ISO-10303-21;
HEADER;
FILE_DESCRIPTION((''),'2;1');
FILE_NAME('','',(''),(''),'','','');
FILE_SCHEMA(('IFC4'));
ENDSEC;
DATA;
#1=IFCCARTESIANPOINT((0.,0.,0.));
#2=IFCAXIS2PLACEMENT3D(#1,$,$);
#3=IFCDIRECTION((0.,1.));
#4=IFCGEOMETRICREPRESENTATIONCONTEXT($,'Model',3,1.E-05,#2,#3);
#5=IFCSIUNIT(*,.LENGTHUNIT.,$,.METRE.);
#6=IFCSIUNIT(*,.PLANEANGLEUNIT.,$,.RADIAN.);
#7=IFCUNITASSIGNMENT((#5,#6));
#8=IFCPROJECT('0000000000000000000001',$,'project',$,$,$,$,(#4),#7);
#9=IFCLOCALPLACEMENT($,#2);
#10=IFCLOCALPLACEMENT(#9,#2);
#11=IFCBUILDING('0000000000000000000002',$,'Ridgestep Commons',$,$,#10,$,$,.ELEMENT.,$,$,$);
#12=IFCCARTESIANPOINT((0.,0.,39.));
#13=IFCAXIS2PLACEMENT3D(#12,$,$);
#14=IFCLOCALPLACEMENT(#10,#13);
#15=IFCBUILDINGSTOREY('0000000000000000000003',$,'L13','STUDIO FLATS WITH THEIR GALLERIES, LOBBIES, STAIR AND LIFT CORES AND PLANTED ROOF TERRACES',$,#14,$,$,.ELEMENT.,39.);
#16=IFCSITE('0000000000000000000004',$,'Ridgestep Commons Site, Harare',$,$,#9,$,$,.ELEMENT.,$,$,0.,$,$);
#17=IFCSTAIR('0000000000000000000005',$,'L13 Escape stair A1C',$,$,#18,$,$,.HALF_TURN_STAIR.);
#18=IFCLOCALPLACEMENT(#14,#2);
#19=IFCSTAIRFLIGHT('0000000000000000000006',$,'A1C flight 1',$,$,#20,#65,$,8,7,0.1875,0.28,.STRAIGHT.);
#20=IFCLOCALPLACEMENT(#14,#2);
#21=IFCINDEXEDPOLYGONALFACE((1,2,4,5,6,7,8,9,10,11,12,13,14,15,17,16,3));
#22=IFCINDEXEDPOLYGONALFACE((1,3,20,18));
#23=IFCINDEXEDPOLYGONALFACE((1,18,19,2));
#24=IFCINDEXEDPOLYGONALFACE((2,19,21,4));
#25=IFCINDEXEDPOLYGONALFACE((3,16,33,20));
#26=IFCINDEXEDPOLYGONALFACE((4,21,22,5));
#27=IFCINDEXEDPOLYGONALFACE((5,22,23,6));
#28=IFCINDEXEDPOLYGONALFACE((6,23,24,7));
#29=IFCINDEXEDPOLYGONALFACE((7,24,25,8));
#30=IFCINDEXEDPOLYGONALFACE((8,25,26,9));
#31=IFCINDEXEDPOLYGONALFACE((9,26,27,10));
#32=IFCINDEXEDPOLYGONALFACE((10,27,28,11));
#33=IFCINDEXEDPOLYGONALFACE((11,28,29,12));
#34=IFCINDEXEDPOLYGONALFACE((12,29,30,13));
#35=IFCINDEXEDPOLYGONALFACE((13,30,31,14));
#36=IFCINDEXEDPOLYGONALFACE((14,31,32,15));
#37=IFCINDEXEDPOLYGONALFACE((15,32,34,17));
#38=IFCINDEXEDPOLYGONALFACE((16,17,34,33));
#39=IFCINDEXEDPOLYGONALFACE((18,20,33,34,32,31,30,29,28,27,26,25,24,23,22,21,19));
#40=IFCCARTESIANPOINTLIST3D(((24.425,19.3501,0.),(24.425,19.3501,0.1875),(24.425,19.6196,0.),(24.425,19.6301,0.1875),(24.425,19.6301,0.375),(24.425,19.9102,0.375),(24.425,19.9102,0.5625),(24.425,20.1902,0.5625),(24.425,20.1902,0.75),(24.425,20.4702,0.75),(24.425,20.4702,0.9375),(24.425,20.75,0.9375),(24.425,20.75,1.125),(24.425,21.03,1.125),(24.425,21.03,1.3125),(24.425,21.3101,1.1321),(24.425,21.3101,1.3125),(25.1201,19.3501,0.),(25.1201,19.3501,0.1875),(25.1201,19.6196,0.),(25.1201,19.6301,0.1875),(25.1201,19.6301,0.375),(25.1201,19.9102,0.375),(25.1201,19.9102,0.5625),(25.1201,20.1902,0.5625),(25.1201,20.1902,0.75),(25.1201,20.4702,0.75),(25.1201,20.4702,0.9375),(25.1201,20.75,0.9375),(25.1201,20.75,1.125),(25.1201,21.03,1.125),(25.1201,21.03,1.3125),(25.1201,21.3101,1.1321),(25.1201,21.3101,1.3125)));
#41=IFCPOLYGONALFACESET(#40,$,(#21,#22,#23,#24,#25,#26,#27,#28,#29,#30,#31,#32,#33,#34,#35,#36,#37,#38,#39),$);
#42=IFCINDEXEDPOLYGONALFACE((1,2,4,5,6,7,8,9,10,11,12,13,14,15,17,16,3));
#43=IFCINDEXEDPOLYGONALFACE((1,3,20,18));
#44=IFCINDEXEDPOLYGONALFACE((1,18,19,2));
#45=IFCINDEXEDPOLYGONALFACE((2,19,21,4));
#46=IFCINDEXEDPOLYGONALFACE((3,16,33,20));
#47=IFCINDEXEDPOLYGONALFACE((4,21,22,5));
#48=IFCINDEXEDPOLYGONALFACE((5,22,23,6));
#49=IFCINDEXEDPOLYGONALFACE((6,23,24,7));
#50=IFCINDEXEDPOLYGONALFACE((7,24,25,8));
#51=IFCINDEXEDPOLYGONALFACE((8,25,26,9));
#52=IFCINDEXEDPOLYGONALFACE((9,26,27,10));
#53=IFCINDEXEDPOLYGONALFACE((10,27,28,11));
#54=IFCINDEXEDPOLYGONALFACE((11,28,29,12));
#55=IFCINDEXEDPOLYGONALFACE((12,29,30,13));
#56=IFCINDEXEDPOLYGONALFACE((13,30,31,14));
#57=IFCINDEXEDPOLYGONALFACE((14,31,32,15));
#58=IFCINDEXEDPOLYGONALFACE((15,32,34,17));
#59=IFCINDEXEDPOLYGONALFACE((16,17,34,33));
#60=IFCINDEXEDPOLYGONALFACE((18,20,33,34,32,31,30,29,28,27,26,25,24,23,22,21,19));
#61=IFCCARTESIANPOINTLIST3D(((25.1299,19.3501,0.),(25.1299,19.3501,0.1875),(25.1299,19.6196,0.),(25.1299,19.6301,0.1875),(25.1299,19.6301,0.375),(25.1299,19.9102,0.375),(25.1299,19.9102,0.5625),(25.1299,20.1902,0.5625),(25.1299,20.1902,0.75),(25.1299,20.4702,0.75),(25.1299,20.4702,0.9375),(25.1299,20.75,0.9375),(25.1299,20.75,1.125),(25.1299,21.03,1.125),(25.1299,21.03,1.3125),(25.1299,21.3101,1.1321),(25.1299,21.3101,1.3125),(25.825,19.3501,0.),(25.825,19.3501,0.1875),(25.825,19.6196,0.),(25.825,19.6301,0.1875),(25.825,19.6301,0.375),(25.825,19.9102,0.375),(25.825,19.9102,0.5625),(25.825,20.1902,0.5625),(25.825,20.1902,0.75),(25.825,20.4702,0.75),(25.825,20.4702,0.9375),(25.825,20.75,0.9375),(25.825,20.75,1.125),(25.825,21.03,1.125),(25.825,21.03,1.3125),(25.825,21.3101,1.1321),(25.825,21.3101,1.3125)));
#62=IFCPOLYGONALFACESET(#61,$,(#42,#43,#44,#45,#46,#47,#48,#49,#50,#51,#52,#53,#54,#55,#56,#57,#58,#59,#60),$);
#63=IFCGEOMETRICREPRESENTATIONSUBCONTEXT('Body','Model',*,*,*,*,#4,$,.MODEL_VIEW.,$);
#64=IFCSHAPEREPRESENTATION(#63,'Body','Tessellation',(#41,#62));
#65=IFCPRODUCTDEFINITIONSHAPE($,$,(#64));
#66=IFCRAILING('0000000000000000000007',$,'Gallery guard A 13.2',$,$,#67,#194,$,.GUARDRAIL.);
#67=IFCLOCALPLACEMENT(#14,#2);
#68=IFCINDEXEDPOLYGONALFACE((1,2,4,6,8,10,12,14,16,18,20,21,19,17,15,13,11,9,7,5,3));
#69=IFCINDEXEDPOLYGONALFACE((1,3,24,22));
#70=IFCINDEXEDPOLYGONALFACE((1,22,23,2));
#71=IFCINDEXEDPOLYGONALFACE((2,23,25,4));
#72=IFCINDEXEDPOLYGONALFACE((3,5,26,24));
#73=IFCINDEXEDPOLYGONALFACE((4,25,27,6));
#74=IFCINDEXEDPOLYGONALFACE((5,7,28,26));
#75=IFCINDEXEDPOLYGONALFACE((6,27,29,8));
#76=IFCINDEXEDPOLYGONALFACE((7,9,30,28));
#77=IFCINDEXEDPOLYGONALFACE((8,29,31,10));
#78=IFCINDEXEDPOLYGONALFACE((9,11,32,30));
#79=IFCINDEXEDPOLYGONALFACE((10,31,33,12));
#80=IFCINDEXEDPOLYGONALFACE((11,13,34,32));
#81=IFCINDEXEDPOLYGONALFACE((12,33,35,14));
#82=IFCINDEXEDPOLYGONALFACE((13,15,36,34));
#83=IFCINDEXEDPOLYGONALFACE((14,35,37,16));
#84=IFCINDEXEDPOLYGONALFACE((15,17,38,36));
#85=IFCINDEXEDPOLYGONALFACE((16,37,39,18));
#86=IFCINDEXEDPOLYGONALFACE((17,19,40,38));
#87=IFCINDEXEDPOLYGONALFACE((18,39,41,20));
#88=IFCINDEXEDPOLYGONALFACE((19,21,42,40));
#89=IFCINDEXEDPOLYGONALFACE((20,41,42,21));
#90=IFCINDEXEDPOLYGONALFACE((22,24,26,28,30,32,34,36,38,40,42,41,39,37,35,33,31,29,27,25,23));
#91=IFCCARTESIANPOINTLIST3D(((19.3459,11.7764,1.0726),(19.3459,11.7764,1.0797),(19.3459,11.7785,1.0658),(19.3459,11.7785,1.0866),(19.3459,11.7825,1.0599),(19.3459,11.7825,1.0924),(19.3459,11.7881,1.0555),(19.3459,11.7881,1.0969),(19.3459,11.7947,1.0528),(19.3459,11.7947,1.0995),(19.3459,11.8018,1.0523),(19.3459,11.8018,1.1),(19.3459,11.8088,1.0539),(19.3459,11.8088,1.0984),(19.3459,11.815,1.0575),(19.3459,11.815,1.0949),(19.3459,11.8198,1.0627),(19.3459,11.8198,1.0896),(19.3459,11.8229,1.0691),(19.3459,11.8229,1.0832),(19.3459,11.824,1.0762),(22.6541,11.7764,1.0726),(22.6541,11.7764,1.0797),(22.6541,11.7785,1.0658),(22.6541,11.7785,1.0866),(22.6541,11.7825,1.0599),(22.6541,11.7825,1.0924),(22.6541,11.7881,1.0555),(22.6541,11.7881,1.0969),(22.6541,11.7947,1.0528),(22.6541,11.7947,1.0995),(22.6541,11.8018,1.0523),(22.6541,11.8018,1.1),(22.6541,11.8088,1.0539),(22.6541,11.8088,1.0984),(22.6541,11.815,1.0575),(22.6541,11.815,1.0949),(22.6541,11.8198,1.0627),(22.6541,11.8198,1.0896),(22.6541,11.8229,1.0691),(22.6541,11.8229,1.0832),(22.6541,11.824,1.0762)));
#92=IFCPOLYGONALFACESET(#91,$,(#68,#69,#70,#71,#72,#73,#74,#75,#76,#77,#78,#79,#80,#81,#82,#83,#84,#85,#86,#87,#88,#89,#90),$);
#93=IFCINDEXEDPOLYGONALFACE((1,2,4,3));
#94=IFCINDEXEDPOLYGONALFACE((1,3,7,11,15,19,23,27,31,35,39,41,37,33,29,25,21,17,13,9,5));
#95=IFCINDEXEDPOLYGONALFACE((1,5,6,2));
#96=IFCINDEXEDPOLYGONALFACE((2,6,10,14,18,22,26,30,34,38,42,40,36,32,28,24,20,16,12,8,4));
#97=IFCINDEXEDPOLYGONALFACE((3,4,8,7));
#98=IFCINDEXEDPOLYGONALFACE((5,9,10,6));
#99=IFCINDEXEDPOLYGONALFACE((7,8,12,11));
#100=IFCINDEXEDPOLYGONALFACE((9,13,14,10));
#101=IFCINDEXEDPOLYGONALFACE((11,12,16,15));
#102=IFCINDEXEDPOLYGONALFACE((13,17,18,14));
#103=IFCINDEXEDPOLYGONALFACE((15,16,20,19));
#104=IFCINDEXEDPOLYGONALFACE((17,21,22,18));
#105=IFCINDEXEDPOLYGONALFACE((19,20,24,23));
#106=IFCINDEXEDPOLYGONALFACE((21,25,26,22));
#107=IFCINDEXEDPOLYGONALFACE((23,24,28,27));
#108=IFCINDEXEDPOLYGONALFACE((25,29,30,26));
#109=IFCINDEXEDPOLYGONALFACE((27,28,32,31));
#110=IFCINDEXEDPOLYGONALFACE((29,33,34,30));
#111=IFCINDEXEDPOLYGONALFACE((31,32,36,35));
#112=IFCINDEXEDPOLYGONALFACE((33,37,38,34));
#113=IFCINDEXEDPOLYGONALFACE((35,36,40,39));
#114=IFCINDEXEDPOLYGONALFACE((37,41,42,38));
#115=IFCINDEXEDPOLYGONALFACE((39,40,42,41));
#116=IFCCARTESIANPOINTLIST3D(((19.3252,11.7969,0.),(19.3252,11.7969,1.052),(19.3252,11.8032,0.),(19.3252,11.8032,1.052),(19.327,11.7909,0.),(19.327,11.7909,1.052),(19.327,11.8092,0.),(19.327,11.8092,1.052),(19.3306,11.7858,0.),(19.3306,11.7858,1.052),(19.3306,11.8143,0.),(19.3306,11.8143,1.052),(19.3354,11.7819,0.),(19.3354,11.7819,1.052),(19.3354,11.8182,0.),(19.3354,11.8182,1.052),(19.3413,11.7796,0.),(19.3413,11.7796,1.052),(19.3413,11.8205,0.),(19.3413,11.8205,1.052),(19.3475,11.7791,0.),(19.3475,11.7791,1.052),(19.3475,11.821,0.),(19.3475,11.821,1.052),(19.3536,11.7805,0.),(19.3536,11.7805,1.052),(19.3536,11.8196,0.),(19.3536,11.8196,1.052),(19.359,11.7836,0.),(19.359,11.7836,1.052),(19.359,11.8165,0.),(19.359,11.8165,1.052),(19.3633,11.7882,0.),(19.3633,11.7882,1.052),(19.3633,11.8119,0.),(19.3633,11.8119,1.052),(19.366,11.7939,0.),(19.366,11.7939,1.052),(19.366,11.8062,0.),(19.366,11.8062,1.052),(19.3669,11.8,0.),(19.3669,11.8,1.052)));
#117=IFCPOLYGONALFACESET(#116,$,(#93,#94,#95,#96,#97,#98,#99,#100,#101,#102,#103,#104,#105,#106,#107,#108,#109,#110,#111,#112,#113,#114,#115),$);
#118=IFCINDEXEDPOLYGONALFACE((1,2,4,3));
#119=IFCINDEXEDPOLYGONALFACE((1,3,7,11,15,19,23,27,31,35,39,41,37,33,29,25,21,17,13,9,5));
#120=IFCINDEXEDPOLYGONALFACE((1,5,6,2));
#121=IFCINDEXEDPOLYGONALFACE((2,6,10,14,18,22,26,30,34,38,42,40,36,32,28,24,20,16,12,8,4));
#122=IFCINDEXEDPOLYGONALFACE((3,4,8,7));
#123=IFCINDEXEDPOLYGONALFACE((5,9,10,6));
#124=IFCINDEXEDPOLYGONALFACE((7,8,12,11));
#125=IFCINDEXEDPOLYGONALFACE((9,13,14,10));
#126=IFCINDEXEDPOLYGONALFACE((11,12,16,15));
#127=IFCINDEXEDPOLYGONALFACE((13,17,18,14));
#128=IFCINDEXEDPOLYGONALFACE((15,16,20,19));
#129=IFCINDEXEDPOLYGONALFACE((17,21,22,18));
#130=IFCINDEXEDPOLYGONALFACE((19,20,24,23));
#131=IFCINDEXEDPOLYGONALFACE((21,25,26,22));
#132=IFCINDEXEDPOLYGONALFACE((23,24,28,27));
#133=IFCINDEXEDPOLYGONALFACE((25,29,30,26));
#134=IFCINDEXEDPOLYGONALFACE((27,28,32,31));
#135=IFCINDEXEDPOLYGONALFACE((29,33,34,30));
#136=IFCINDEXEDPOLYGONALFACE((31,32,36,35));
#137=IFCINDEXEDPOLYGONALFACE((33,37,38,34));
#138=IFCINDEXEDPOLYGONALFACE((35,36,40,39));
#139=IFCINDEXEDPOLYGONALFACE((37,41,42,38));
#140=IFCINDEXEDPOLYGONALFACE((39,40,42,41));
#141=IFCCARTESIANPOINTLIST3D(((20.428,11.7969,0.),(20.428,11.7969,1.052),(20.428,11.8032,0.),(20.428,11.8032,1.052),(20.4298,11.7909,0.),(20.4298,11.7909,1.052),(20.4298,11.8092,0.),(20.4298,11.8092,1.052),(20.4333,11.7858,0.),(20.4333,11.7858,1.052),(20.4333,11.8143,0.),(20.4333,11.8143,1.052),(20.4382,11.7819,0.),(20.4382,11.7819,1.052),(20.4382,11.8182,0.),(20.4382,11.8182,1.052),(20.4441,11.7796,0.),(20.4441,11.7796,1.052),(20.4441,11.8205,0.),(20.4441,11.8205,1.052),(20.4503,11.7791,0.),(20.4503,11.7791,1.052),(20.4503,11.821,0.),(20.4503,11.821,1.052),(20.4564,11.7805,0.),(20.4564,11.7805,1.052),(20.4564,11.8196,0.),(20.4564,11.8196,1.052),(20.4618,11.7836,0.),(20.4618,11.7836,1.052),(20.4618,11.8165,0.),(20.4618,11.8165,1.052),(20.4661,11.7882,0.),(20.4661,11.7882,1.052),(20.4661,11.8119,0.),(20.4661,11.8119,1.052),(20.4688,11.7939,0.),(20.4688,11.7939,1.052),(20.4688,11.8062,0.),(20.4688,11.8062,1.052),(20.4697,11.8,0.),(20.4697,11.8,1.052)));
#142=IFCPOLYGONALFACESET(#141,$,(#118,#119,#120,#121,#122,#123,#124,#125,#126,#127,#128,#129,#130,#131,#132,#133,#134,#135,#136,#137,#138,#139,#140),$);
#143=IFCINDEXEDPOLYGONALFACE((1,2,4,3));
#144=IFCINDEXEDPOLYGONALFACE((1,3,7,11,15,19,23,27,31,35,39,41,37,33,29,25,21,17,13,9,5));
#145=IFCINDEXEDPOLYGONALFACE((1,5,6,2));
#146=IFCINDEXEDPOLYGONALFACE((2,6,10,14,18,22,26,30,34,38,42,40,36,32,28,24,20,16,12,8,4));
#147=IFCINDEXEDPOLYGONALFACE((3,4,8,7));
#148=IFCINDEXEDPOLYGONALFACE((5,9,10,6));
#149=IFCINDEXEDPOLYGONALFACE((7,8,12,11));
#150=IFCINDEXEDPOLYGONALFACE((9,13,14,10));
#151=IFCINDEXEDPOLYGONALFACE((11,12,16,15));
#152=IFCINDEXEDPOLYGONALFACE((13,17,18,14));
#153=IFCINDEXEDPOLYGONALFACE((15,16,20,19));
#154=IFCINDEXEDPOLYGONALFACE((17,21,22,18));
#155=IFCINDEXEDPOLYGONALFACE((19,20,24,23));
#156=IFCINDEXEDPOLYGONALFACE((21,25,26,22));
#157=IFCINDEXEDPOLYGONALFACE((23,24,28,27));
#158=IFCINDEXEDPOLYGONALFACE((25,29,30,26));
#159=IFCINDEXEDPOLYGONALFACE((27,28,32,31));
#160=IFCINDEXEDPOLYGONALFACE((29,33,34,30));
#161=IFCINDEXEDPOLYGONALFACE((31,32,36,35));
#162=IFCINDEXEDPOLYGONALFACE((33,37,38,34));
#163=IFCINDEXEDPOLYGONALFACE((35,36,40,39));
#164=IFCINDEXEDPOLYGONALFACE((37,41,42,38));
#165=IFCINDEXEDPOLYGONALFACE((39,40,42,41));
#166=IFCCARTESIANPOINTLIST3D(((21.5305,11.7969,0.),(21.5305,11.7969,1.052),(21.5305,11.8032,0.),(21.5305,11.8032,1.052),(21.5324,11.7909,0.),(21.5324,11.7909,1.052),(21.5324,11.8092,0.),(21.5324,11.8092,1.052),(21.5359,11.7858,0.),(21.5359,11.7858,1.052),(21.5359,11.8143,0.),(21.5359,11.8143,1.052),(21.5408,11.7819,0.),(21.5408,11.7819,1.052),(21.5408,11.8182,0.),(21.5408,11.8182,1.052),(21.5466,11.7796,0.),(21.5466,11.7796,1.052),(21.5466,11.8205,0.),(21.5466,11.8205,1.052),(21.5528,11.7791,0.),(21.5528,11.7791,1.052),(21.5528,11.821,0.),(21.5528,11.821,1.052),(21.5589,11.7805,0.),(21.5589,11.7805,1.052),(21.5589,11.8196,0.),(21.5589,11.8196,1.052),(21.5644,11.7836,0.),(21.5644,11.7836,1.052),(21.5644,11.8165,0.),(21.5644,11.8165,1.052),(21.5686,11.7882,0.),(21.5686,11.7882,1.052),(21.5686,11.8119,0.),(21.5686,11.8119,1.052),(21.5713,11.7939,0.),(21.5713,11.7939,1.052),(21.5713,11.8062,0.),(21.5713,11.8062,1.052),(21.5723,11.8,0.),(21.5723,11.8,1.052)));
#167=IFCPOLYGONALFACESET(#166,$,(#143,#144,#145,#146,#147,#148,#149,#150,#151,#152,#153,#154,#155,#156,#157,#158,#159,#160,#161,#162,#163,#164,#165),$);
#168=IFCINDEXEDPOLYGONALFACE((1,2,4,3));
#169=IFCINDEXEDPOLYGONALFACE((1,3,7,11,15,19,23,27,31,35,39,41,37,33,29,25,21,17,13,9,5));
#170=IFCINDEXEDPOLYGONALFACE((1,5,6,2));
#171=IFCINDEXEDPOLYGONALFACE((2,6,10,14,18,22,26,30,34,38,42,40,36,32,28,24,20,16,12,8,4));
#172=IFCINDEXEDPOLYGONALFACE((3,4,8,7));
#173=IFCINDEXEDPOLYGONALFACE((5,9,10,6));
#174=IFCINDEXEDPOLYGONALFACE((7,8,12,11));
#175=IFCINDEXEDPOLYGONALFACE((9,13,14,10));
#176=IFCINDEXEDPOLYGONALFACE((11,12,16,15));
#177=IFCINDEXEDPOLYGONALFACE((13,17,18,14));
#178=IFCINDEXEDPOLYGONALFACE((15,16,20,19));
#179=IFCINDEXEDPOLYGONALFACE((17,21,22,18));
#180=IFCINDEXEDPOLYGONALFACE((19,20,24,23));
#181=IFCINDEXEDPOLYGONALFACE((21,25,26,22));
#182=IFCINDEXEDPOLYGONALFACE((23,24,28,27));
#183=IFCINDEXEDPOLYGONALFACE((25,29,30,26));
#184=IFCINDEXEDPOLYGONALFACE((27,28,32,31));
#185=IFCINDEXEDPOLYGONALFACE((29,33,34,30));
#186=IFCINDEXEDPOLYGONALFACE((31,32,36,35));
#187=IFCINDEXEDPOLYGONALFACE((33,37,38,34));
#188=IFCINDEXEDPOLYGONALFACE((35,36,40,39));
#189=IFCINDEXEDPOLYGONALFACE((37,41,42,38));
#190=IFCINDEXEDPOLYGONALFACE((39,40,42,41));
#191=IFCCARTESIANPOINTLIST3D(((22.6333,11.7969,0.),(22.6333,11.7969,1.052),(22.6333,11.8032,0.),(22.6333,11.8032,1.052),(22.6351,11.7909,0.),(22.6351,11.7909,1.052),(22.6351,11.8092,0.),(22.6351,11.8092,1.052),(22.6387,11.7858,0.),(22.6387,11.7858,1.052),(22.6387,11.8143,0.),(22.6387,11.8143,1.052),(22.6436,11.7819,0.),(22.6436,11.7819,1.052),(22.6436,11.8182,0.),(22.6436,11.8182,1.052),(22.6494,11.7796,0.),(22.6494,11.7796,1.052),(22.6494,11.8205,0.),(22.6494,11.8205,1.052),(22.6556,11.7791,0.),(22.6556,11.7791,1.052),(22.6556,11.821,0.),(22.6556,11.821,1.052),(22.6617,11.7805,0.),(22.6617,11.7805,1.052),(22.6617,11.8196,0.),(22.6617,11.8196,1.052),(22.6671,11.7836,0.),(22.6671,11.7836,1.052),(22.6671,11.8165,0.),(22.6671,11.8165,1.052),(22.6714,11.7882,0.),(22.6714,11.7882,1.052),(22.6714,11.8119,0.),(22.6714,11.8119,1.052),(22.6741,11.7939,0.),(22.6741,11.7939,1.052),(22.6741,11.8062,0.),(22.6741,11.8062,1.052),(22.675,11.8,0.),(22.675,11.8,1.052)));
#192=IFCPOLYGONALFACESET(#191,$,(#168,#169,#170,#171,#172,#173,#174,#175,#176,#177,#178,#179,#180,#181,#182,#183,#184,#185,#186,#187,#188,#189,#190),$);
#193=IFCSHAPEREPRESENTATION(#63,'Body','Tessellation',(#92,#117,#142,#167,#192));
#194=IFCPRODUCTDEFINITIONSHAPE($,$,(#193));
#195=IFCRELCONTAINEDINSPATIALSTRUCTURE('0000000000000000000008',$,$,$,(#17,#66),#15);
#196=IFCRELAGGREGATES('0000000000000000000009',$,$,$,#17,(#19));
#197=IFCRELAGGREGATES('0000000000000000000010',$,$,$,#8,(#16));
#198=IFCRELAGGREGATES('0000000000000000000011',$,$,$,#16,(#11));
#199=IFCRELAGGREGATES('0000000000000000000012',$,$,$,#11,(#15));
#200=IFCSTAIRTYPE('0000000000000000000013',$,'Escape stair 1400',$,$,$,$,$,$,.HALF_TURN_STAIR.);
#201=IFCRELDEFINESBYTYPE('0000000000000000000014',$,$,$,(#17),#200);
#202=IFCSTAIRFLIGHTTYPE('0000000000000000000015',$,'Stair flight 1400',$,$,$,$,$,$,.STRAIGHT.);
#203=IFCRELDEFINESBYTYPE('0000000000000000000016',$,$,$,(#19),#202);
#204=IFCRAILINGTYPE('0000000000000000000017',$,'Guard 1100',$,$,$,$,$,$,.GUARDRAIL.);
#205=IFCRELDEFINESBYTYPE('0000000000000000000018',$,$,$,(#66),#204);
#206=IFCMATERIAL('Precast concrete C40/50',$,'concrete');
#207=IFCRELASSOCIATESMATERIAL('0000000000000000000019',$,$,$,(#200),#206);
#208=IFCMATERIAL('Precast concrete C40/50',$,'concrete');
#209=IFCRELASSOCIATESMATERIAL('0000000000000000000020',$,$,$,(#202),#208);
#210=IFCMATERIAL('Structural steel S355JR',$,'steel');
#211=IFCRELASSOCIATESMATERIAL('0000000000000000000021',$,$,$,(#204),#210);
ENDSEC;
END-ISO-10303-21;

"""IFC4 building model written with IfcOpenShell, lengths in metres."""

from ifc_helpers import new_model, si_unit, direction, frame, origin, origin_2d, place, context, subcontext, project, spatial, polyline, circle, outline, extrude, material, type_object, element, aggregate, save


model = new_model("IFC4")

# Units and contexts
model_context = context("Model", 3, precision=1e-05, world=origin(), true_north=direction((0.0, 1.0)))
body_context = subcontext(model_context, "Body", "Model", "MODEL_VIEW")
ifc_project = project(units=[si_unit("LENGTHUNIT", "METRE"), si_unit("PLANEANGLEUNIT", "RADIAN")], contexts=[model_context])

# Site, building, storey
site_placement = place(None, origin())
site = spatial("IfcSite", under=ifc_project, at=site_placement, Name="Ridgestep Commons Site, Harare", CompositionType="ELEMENT", RefElevation=0.0)
building_placement = place(site_placement, origin())
building = spatial("IfcBuilding", under=site, at=building_placement, Name="Ridgestep Commons", CompositionType="ELEMENT")
storey_placement = place(building_placement, frame((0.0, 0.0, 39.0)))
storey = spatial("IfcBuildingStorey", under=building, at=storey_placement, Name="L13", Description="STUDIO FLATS WITH THEIR GALLERIES, LOBBIES, STAIR AND LIFT CORES AND PLANTED ROOF TERRACES", CompositionType="ELEMENT", Elevation=39.0)

# Stair, stair flight
ifc_material_1 = material(Name="Precast concrete C40/50", Category="concrete")
stair_type = type_object("IfcStairType", Name="Escape stair 1400", PredefinedType="HALF_TURN_STAIR", material=ifc_material_1)
stair_placement = place(storey_placement, origin())
stair = element("IfcStair", 1, at=stair_placement, inside=storey, type_object=stair_type, Name="L13 Escape stair A1C", PredefinedType="HALF_TURN_STAIR")
ifc_material_2 = material(Name="Precast concrete C40/50", Category="concrete")
stair_flight_type = type_object("IfcStairFlightType", Name="Stair flight 1400", PredefinedType="STRAIGHT", material=ifc_material_2)
stair_flight_placement = place(storey_placement, frame((25.125, 19.3501, 0.0), z_axis=(0.0, 0.0, 1.0), x_axis=(0.0, 1.0, 0.0)))
stair_flight = element("IfcStairFlight", 2, at=stair_flight_placement, type_object=stair_flight_type, Name="A1C flight 1", NumberOfRisers=8, NumberOfTreads=7, PredefinedType="STRAIGHT", RiserHeight=0.1875, TreadLength=0.28, context=body_context, shape_type="SweptSolid", body=[
    extrude(outline(polyline([(0.0, 0.0), (0.0, 0.1875), (0.28, 0.1875), (0.28, 0.375), (0.5601, 0.375), (0.5601, 0.5625), (0.8401, 0.5625), (0.8401, 0.75), (1.1201, 0.75), (1.1201, 0.9375), (1.3999, 0.9375), (1.3999, 1.125), (1.6799, 1.125), (1.6799, 1.3125), (1.96, 1.3125), (1.96, 1.5), (1.96, 1.1321), (0.2695, 0.0), (0.0, 0.0)])), frame((0.0, 0.7, 0.0), z_axis=(0.0, -1.0, 0.0), x_axis=(1.0, 0.0, 0.0)), (0.0, 0.0, 1.0), 0.6951),
    extrude(outline(polyline([(0.0, 0.0), (0.0, 0.1875), (0.28, 0.1875), (0.28, 0.375), (0.5601, 0.375), (0.5601, 0.5625), (0.8401, 0.5625), (0.8401, 0.75), (1.1201, 0.75), (1.1201, 0.9375), (1.3999, 0.9375), (1.3999, 1.125), (1.6799, 1.125), (1.6799, 1.3125), (1.96, 1.3125), (1.96, 1.5), (1.96, 1.1321), (0.2695, 0.0), (0.0, 0.0)])), frame((0.0, -0.0049, 0.0), z_axis=(0.0, -1.0, 0.0), x_axis=(1.0, 0.0, 0.0)), (0.0, 0.0, 1.0), 0.6951),
])
aggregate(stair, [stair_flight])

# Railing
ifc_material_3 = material(Name="Structural steel S355JR", Category="steel")
railing_type_1 = type_object("IfcRailingType", Name="Guard 1100", PredefinedType="GUARDRAIL", material=ifc_material_3)
railing_1_placement = place(storey_placement, frame((19.3459, 11.8, 0.0)))
element("IfcRailing", 3, at=railing_1_placement, inside=storey, type_object=railing_type_1, Name="Gallery guard A 13.2", PredefinedType="GUARDRAIL", context=body_context, shape_type="SweptSolid", body=[
    extrude(circle(Radius=0.0239, at=origin_2d()), frame((0.0, 0.0, 1.0762), z_axis=(1.0, 0.0, 0.0), x_axis=(0.0, 1.0, 0.0)), (0.0, 0.0, 1.0), 3.3081),
    extrude(circle(Radius=0.021, at=origin_2d()), origin(), (0.0, 0.0, 1.0), 1.052),
    extrude(circle(Radius=0.021, at=origin_2d()), frame((1.1028, 0.0, 0.0)), (0.0, 0.0, 1.0), 1.052),
    extrude(circle(Radius=0.021, at=origin_2d()), frame((2.2053, 0.0, 0.0)), (0.0, 0.0, 1.0), 1.052),
    extrude(circle(Radius=0.021, at=origin_2d()), frame((3.3081, 0.0, 0.0)), (0.0, 0.0, 1.0), 1.052),
])

save(model, "model.ifc")
